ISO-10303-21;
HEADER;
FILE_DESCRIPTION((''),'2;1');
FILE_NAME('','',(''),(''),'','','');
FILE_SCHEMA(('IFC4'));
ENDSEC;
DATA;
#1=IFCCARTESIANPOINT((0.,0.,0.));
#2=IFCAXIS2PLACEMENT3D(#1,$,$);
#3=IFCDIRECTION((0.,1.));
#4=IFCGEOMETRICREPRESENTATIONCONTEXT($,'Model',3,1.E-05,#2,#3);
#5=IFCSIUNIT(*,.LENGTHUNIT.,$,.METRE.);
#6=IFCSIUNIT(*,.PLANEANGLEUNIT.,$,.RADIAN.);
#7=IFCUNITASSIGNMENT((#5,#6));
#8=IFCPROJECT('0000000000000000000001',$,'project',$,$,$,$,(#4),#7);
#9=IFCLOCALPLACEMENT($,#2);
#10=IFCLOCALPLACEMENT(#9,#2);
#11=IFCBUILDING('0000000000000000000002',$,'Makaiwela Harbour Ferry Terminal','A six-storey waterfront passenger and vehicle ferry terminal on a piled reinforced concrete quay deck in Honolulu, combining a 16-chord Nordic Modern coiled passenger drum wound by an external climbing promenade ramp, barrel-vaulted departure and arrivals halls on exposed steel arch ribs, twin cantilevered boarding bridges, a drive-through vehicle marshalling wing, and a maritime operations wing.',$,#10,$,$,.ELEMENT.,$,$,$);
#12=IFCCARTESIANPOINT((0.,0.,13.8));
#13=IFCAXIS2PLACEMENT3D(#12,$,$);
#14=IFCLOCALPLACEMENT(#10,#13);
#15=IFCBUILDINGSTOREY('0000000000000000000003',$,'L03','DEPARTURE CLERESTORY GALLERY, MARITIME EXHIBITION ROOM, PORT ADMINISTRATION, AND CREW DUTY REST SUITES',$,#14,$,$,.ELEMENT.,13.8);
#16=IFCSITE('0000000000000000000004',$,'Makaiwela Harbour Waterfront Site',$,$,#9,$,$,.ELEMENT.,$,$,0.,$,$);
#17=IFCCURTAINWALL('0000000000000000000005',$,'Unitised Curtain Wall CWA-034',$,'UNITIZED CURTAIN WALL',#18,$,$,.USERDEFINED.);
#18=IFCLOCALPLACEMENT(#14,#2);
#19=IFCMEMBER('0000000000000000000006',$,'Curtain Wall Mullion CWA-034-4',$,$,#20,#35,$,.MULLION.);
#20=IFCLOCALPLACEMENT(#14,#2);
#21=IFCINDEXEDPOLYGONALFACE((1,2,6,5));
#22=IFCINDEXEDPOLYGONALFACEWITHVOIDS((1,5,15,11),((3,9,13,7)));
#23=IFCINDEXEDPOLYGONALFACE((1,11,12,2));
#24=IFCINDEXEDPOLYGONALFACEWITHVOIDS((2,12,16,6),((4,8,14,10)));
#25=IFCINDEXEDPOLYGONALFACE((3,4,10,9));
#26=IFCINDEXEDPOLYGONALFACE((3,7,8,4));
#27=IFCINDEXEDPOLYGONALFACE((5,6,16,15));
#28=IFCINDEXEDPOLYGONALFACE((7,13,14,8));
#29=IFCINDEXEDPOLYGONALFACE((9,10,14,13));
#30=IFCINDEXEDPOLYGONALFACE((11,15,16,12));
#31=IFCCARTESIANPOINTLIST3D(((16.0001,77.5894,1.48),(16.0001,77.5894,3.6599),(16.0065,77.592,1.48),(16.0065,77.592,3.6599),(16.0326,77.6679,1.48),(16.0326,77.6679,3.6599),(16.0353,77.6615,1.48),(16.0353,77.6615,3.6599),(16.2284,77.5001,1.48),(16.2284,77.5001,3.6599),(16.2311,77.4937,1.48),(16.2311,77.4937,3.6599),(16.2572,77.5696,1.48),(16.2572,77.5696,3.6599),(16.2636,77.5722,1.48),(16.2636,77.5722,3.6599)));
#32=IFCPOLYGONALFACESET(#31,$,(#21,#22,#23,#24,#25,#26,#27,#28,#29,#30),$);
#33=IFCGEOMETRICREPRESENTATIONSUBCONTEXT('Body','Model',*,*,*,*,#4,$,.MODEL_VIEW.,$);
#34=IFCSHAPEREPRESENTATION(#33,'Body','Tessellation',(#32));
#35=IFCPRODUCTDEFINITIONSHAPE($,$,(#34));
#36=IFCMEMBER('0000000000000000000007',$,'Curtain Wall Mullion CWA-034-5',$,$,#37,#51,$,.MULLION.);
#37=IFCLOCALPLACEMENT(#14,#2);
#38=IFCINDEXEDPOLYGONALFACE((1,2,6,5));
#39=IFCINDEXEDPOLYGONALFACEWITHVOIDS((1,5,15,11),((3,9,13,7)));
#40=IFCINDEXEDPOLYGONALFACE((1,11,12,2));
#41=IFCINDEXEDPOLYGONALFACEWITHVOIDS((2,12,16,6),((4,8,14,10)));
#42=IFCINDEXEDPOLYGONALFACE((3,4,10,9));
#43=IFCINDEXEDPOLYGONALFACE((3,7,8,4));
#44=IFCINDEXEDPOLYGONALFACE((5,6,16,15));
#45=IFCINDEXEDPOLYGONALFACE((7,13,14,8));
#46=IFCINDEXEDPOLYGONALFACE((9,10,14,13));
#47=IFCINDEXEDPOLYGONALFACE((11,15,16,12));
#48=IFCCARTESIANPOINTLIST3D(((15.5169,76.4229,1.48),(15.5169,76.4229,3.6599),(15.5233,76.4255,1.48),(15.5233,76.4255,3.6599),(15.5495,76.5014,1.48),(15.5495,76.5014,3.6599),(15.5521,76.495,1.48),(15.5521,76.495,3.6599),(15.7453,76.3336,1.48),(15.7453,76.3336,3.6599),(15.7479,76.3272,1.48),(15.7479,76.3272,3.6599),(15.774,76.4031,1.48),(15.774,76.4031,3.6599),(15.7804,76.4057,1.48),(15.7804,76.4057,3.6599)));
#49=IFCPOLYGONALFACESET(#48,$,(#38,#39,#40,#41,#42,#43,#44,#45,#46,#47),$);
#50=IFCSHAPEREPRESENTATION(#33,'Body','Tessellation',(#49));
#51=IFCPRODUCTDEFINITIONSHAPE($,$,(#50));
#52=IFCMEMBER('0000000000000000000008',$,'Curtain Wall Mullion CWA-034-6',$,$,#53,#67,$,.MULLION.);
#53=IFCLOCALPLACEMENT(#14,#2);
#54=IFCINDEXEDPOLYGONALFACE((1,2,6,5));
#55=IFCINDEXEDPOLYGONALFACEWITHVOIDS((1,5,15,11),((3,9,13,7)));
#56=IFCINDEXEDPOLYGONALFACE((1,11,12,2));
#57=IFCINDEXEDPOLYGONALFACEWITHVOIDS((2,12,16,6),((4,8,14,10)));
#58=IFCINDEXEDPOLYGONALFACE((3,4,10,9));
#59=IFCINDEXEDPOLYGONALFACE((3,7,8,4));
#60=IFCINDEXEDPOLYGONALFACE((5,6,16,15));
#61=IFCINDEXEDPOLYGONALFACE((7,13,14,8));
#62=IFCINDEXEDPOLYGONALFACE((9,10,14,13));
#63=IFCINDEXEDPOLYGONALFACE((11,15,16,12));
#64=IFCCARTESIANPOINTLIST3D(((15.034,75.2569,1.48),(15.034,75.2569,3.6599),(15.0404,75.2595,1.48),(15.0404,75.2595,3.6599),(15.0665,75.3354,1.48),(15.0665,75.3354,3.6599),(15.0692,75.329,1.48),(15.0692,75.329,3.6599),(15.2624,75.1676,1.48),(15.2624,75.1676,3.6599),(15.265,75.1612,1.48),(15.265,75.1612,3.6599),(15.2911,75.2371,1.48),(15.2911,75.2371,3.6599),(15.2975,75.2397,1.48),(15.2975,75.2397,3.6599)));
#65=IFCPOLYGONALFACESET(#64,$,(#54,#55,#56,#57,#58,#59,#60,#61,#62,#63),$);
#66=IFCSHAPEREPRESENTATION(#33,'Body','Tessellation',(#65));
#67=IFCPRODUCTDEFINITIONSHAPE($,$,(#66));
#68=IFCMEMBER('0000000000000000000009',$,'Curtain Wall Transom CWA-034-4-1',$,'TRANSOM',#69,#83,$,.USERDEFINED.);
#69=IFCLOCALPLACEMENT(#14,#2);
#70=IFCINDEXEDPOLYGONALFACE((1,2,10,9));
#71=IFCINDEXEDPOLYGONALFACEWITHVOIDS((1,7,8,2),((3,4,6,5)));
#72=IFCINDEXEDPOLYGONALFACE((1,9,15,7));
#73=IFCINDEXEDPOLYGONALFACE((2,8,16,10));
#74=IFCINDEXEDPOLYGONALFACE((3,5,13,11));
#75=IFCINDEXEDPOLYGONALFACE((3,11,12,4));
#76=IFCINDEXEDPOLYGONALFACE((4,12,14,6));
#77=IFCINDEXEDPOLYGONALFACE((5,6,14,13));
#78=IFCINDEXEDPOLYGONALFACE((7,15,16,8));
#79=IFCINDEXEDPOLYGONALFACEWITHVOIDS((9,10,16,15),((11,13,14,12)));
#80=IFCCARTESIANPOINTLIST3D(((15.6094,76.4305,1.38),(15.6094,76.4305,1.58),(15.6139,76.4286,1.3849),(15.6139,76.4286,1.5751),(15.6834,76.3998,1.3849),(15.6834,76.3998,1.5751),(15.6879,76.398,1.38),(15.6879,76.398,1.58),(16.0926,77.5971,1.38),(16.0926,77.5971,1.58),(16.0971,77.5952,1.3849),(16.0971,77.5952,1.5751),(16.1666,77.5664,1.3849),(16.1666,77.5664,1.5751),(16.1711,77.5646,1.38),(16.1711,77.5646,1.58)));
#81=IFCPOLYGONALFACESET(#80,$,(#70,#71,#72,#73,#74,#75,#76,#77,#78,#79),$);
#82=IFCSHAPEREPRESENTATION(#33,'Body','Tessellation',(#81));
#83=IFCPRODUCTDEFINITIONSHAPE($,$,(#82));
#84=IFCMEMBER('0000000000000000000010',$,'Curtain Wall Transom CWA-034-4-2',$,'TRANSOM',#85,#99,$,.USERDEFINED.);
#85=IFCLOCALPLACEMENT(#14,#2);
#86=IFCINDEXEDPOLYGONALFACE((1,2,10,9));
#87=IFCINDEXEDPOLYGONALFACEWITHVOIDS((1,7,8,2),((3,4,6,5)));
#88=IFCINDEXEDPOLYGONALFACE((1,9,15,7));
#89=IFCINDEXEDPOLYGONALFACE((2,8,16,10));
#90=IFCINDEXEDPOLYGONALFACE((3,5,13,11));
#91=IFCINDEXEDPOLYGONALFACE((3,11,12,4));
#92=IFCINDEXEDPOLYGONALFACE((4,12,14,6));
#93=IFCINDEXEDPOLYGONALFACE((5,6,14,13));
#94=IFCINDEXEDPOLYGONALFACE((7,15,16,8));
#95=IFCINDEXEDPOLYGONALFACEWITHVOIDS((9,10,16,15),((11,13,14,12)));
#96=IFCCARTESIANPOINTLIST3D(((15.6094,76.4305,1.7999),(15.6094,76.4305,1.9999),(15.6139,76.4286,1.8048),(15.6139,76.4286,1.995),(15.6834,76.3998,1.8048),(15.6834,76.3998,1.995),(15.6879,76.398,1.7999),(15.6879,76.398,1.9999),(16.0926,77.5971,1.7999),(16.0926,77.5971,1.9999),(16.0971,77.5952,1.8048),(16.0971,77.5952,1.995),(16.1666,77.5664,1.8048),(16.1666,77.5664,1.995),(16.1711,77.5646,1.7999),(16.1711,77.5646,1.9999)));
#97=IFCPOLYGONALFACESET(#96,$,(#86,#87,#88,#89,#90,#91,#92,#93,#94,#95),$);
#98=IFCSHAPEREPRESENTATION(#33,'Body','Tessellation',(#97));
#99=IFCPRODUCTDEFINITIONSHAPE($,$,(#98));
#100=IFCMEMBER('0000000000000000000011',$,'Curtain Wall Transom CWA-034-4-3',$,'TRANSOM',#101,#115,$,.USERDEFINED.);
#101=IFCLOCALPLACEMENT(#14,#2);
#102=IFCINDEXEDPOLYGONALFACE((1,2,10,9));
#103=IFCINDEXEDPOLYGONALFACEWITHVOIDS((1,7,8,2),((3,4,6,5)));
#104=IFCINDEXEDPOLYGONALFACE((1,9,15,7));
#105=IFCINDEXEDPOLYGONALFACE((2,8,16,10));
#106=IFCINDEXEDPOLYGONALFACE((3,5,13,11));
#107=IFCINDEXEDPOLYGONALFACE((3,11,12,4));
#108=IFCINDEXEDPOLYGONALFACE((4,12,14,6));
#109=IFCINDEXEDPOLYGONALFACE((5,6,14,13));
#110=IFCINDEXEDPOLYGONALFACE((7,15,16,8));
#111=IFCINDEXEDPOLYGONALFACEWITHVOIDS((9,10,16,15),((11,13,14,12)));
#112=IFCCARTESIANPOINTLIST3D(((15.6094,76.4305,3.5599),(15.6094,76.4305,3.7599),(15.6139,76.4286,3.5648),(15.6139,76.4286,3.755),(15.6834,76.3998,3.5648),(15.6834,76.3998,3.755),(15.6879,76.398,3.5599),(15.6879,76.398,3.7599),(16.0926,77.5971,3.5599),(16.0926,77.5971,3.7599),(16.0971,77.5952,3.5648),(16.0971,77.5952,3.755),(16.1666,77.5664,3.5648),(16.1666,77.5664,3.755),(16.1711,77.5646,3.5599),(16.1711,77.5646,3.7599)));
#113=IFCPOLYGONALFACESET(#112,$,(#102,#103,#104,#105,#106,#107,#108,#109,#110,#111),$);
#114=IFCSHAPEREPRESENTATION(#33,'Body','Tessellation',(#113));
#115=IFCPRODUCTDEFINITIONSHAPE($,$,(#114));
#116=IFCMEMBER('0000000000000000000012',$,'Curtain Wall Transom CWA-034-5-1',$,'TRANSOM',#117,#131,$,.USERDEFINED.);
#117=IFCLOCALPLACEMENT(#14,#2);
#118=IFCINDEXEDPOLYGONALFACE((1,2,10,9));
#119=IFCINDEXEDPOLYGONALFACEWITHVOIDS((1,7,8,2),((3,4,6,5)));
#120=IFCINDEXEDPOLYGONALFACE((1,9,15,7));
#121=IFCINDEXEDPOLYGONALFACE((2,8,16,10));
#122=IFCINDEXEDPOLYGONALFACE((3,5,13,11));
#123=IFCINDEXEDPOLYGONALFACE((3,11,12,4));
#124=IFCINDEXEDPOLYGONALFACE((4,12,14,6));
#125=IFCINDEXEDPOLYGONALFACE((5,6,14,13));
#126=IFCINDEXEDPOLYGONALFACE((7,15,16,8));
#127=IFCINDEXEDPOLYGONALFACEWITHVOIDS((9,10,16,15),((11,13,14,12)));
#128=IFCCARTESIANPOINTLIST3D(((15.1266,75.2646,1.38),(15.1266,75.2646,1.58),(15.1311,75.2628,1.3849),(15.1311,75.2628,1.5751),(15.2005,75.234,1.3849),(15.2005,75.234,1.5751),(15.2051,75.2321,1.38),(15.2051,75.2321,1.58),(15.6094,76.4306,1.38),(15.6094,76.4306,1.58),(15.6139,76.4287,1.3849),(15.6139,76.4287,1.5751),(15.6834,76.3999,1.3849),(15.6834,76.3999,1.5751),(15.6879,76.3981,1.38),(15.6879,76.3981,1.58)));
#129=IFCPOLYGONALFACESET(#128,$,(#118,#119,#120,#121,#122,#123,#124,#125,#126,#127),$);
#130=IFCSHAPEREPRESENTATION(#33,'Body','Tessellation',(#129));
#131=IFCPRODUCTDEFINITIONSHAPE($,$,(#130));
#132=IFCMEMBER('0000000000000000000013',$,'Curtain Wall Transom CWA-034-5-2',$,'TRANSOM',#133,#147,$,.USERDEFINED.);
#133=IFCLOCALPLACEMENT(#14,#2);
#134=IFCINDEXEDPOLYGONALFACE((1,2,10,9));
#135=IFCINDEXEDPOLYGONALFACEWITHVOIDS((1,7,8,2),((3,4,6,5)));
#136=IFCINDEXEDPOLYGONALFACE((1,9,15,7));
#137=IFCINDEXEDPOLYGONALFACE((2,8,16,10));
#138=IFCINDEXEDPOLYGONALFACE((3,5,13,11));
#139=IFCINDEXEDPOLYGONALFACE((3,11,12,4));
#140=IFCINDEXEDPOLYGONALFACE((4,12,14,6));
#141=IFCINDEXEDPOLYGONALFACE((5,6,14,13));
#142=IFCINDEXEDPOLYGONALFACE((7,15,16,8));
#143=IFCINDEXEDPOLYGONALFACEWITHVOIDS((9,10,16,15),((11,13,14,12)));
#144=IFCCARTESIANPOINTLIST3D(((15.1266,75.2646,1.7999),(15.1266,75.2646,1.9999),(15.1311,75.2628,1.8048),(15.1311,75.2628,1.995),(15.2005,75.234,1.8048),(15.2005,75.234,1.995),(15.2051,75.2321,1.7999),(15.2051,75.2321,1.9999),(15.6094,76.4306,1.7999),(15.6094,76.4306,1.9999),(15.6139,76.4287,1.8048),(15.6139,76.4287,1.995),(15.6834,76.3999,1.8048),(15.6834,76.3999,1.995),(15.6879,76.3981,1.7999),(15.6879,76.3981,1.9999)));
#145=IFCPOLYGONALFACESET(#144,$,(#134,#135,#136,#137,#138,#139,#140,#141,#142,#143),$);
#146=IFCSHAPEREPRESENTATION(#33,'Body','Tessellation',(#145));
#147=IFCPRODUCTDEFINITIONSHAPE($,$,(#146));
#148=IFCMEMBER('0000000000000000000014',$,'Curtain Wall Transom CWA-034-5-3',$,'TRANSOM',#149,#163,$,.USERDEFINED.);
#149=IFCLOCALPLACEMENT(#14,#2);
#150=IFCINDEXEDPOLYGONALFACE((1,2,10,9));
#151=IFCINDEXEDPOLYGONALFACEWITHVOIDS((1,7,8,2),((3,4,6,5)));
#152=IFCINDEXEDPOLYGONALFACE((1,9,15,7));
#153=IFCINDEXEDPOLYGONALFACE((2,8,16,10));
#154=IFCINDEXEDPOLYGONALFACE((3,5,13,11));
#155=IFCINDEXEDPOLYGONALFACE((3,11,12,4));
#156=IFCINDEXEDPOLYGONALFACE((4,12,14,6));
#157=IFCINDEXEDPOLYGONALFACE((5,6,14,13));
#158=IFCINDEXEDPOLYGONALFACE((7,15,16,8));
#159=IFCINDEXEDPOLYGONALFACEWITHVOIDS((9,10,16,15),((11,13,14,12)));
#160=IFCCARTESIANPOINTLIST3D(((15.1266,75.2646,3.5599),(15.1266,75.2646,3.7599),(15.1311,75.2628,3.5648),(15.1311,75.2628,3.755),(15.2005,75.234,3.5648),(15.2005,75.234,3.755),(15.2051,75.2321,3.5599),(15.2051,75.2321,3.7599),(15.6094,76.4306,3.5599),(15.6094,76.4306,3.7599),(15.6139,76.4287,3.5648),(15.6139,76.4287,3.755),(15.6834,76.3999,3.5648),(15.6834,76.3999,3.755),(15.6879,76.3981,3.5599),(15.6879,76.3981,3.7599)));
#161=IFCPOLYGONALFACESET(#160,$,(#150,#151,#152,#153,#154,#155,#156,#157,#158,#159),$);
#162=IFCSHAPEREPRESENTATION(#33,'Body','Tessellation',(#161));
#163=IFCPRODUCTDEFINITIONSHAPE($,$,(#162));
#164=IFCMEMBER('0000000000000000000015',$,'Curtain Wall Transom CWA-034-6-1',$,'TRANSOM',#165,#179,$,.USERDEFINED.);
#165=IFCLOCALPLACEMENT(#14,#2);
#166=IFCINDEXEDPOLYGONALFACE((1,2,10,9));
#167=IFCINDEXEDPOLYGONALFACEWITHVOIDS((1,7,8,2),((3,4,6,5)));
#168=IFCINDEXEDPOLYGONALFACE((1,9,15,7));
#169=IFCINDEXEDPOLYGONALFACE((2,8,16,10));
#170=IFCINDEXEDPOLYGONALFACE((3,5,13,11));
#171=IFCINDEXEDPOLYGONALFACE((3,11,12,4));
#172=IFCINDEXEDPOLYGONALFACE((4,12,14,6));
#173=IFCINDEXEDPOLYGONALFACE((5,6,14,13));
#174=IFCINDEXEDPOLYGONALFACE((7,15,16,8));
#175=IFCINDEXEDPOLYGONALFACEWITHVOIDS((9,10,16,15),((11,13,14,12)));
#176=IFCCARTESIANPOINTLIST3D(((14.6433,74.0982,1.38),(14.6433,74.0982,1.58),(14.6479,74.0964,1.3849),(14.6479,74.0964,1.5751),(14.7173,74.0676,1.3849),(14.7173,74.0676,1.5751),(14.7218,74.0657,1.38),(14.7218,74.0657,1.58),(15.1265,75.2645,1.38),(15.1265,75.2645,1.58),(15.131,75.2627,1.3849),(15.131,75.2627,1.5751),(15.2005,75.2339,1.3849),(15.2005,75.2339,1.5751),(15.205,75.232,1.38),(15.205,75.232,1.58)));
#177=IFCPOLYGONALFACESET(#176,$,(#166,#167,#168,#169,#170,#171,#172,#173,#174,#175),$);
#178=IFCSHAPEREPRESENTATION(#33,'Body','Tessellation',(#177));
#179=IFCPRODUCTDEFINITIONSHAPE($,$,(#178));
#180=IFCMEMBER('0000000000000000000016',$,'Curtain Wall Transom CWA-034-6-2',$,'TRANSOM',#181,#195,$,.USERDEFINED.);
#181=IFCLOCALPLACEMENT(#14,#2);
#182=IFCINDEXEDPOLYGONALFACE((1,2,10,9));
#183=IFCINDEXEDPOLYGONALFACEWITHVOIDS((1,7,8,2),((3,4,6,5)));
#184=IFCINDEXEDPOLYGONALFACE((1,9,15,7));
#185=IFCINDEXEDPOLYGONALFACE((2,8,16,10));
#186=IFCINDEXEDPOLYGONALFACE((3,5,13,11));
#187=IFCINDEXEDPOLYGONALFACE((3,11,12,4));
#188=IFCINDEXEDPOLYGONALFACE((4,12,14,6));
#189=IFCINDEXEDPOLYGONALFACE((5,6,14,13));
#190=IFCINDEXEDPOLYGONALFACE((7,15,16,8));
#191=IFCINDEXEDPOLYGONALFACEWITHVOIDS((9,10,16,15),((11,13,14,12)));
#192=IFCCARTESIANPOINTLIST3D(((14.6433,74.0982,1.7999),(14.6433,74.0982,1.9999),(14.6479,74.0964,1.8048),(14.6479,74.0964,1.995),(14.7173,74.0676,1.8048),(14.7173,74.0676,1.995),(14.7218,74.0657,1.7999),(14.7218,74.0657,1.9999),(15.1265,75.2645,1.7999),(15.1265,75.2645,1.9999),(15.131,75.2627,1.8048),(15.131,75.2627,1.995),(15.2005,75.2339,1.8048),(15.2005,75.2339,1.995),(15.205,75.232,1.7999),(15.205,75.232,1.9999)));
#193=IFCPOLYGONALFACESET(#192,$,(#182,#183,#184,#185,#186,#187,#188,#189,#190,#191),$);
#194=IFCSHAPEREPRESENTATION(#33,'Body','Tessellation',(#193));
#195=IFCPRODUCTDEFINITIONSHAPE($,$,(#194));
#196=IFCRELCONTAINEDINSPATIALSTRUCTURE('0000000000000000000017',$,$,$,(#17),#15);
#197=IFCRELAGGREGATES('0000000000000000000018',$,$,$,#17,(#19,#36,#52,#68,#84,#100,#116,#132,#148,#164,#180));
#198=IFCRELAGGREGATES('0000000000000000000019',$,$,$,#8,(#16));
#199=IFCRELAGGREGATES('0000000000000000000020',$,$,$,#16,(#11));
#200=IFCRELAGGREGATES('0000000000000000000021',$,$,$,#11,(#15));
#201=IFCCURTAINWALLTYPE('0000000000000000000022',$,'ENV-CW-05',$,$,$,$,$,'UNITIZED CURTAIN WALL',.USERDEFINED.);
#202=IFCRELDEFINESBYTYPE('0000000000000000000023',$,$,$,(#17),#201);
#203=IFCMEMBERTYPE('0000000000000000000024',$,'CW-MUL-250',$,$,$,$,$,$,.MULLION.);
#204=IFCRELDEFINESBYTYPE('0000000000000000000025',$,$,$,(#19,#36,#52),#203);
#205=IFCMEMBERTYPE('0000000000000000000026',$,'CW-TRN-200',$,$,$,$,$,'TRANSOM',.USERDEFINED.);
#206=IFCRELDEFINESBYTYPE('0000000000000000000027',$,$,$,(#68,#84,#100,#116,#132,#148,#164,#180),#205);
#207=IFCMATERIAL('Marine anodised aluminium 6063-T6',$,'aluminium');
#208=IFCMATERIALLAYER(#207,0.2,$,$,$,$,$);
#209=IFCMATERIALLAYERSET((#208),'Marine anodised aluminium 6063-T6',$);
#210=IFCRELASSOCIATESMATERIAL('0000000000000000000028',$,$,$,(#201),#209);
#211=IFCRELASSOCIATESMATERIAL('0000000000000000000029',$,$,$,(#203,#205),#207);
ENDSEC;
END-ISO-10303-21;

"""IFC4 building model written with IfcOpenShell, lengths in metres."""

from ifc_helpers import new_model, si_unit, direction, frame, origin, origin_2d, place, context, subcontext, project, spatial, hollow_rectangle, extrude, material, layer, layer_set, material_profile, profile_set, type_object, element, aggregate, save


model = new_model("IFC4")

# Units and contexts
model_context = context("Model", 3, precision=1e-05, world=origin(), true_north=direction((0.0, 1.0)))
body_context = subcontext(model_context, "Body", "Model", "MODEL_VIEW")
ifc_project = project(units=[si_unit("LENGTHUNIT", "METRE"), si_unit("PLANEANGLEUNIT", "RADIAN")], contexts=[model_context])

# Site, building, storey
site_placement = place(None, origin())
site = spatial("IfcSite", under=ifc_project, at=site_placement, Name="Makaiwela Harbour Waterfront Site", CompositionType="ELEMENT", RefElevation=0.0)
building_placement = place(site_placement, origin())
building = spatial("IfcBuilding", under=site, at=building_placement, Name="Makaiwela Harbour Ferry Terminal", Description="A six-storey waterfront passenger and vehicle ferry terminal on a piled reinforced concrete quay deck in Honolulu, combining a 16-chord Nordic Modern coiled passenger drum wound by an external climbing promenade ramp, barrel-vaulted departure and arrivals halls on exposed steel arch ribs, twin cantilevered boarding bridges, a drive-through vehicle marshalling wing, and a maritime operations wing.", CompositionType="ELEMENT")
storey_placement = place(building_placement, frame((0.0, 0.0, 13.8)))
storey = spatial("IfcBuildingStorey", under=building, at=storey_placement, Name="L03", Description="DEPARTURE CLERESTORY GALLERY, MARITIME EXHIBITION ROOM, PORT ADMINISTRATION, AND CREW DUTY REST SUITES", CompositionType="ELEMENT", Elevation=13.8)

# Curtain wall, members
ifc_material_1 = material(Name="Marine anodised aluminium 6063-T6", Category="aluminium")
ifc_layer_1 = layer(ifc_material_1, 0.2)
ifc_layer_set_1 = layer_set([ifc_layer_1], Name="Marine anodised aluminium 6063-T6")
curtain_wall_type = type_object("IfcCurtainWallType", Name="ENV-CW-05", ElementType="UNITIZED CURTAIN WALL", PredefinedType="USERDEFINED", material=ifc_layer_set_1)
curtain_wall_placement = place(storey_placement, origin())
curtain_wall = element("IfcCurtainWall", 1, at=curtain_wall_placement, inside=storey, type_object=curtain_wall_type, Name="Unitised Curtain Wall CWA-034", ObjectType="UNITIZED CURTAIN WALL", PredefinedType="USERDEFINED")
ifc_material_profile_1 = material_profile(ifc_material_1, hollow_rectangle(XDim=0.085, YDim=0.25, WallThickness=0.0049, at=origin_2d()), Name="CWM-250X85")
ifc_profile_set_1 = profile_set([ifc_material_profile_1], Name="Marine anodised aluminium 6063-T6")
member_type_1 = type_object("IfcMemberType", Name="CW-MUL-250", PredefinedType="MULLION", material=ifc_profile_set_1)
member_1_placement = place(storey_placement, frame((16.1318, 77.5808, 1.48), z_axis=(0.0, 0.0, 1.0), x_axis=(0.382683, 0.92388, 0.0)))
member_1 = element("IfcMember", 2, at=member_1_placement, type_object=member_type_1, Name="Curtain Wall Mullion CWA-034-4", PredefinedType="MULLION", context=body_context, shape_type="SweptSolid", body=[
    extrude(hollow_rectangle(XDim=0.085, YDim=0.25, WallThickness=0.0049, at=origin_2d()), origin(), (0.0, 0.0, 1.0), 2.1799),
])
member_2_placement = place(storey_placement, frame((15.6487, 76.4143, 1.48), z_axis=(0.0, 0.0, 1.0), x_axis=(0.382683, 0.92388, 0.0)))
member_2 = element("IfcMember", 3, at=member_2_placement, type_object=member_type_1, Name="Curtain Wall Mullion CWA-034-5", PredefinedType="MULLION", context=body_context, shape_type="SweptSolid", body=[
    extrude(hollow_rectangle(XDim=0.085, YDim=0.25, WallThickness=0.0049, at=origin_2d()), origin(), (0.0, 0.0, 1.0), 2.1799),
])
member_3_placement = place(storey_placement, frame((15.1658, 75.2483, 1.48), z_axis=(0.0, 0.0, 1.0), x_axis=(0.382683, 0.92388, 0.0)))
member_3 = element("IfcMember", 4, at=member_3_placement, type_object=member_type_1, Name="Curtain Wall Mullion CWA-034-6", PredefinedType="MULLION", context=body_context, shape_type="SweptSolid", body=[
    extrude(hollow_rectangle(XDim=0.085, YDim=0.25, WallThickness=0.0049, at=origin_2d()), origin(), (0.0, 0.0, 1.0), 2.1799),
])
ifc_material_profile_2 = material_profile(ifc_material_1, hollow_rectangle(XDim=0.085, YDim=0.2, WallThickness=0.0049, at=origin_2d()), Name="CWT-200X85")
ifc_profile_set_2 = profile_set([ifc_material_profile_2], Name="Marine anodised aluminium 6063-T6")
member_type_2 = type_object("IfcMemberType", Name="CW-TRN-200", ElementType="TRANSOM", PredefinedType="USERDEFINED", material=ifc_profile_set_2)
member_4_placement = place(storey_placement, frame((16.1318, 77.5808, 1.48), z_axis=(-0.382665, -0.923887, 0.0), x_axis=(0.923887, -0.382665, 0.0)))
member_4 = element("IfcMember", 5, at=member_4_placement, type_object=member_type_2, Name="Curtain Wall Transom CWA-034-4-1", ObjectType="TRANSOM", PredefinedType="USERDEFINED", context=body_context, shape_type="SweptSolid", body=[
    extrude(hollow_rectangle(XDim=0.085, YDim=0.2, WallThickness=0.0049, at=origin_2d()), origin(), (0.0, 0.0, 1.0), 1.2627),
])
member_5_placement = place(storey_placement, frame((16.1318, 77.5808, 1.8999), z_axis=(-0.382665, -0.923887, 0.0), x_axis=(0.923887, -0.382665, 0.0)))
member_5 = element("IfcMember", 6, at=member_5_placement, type_object=member_type_2, Name="Curtain Wall Transom CWA-034-4-2", ObjectType="TRANSOM", PredefinedType="USERDEFINED", context=body_context, shape_type="SweptSolid", body=[
    extrude(hollow_rectangle(XDim=0.085, YDim=0.2, WallThickness=0.0049, at=origin_2d()), origin(), (0.0, 0.0, 1.0), 1.2627),
])
member_6_placement = place(storey_placement, frame((16.1318, 77.5808, 3.6599), z_axis=(-0.382665, -0.923887, 0.0), x_axis=(0.923887, -0.382665, 0.0)))
member_6 = element("IfcMember", 7, at=member_6_placement, type_object=member_type_2, Name="Curtain Wall Transom CWA-034-4-3", ObjectType="TRANSOM", PredefinedType="USERDEFINED", context=body_context, shape_type="SweptSolid", body=[
    extrude(hollow_rectangle(XDim=0.085, YDim=0.2, WallThickness=0.0049, at=origin_2d()), origin(), (0.0, 0.0, 1.0), 1.2627),
])
member_7_placement = place(storey_placement, frame((15.6487, 76.4143, 1.48), z_axis=(-0.382637, -0.923899, 0.0), x_axis=(0.923899, -0.382637, 0.0)))
member_7 = element("IfcMember", 8, at=member_7_placement, type_object=member_type_2, Name="Curtain Wall Transom CWA-034-5-1", ObjectType="TRANSOM", PredefinedType="USERDEFINED", context=body_context, shape_type="SweptSolid", body=[
    extrude(hollow_rectangle(XDim=0.085, YDim=0.2, WallThickness=0.0049, at=origin_2d()), origin(), (0.0, 0.0, 1.0), 1.262),
])
member_8_placement = place(storey_placement, frame((15.6487, 76.4143, 1.8999), z_axis=(-0.382637, -0.923899, 0.0), x_axis=(0.923899, -0.382637, 0.0)))
member_8 = element("IfcMember", 9, at=member_8_placement, type_object=member_type_2, Name="Curtain Wall Transom CWA-034-5-2", ObjectType="TRANSOM", PredefinedType="USERDEFINED", context=body_context, shape_type="SweptSolid", body=[
    extrude(hollow_rectangle(XDim=0.085, YDim=0.2, WallThickness=0.0049, at=origin_2d()), origin(), (0.0, 0.0, 1.0), 1.262),
])
member_9_placement = place(storey_placement, frame((15.6487, 76.4143, 3.6599), z_axis=(-0.382637, -0.923899, 0.0), x_axis=(0.923899, -0.382637, 0.0)))
member_9 = element("IfcMember", 10, at=member_9_placement, type_object=member_type_2, Name="Curtain Wall Transom CWA-034-5-3", ObjectType="TRANSOM", PredefinedType="USERDEFINED", context=body_context, shape_type="SweptSolid", body=[
    extrude(hollow_rectangle(XDim=0.085, YDim=0.2, WallThickness=0.0049, at=origin_2d()), origin(), (0.0, 0.0, 1.0), 1.262),
])
member_10_placement = place(storey_placement, frame((15.1658, 75.2483, 1.48), z_axis=(-0.382733, -0.923859, 0.0), x_axis=(0.923859, -0.382733, 0.0)))
member_10 = element("IfcMember", 11, at=member_10_placement, type_object=member_type_2, Name="Curtain Wall Transom CWA-034-6-1", ObjectType="TRANSOM", PredefinedType="USERDEFINED", context=body_context, shape_type="SweptSolid", body=[
    extrude(hollow_rectangle(XDim=0.085, YDim=0.2, WallThickness=0.0049, at=origin_2d()), origin(), (0.0, 0.0, 1.0), 1.2625),
])
member_11_placement = place(storey_placement, frame((15.1658, 75.2483, 1.8999), z_axis=(-0.382733, -0.923859, 0.0), x_axis=(0.923859, -0.382733, 0.0)))
member_11 = element("IfcMember", 12, at=member_11_placement, type_object=member_type_2, Name="Curtain Wall Transom CWA-034-6-2", ObjectType="TRANSOM", PredefinedType="USERDEFINED", context=body_context, shape_type="SweptSolid", body=[
    extrude(hollow_rectangle(XDim=0.085, YDim=0.2, WallThickness=0.0049, at=origin_2d()), origin(), (0.0, 0.0, 1.0), 1.2625),
])

aggregate(curtain_wall, [member_1, member_2, member_3, member_4, member_5, member_6, member_7, member_8, member_9, member_10, member_11])

save(model, "model.ifc")
